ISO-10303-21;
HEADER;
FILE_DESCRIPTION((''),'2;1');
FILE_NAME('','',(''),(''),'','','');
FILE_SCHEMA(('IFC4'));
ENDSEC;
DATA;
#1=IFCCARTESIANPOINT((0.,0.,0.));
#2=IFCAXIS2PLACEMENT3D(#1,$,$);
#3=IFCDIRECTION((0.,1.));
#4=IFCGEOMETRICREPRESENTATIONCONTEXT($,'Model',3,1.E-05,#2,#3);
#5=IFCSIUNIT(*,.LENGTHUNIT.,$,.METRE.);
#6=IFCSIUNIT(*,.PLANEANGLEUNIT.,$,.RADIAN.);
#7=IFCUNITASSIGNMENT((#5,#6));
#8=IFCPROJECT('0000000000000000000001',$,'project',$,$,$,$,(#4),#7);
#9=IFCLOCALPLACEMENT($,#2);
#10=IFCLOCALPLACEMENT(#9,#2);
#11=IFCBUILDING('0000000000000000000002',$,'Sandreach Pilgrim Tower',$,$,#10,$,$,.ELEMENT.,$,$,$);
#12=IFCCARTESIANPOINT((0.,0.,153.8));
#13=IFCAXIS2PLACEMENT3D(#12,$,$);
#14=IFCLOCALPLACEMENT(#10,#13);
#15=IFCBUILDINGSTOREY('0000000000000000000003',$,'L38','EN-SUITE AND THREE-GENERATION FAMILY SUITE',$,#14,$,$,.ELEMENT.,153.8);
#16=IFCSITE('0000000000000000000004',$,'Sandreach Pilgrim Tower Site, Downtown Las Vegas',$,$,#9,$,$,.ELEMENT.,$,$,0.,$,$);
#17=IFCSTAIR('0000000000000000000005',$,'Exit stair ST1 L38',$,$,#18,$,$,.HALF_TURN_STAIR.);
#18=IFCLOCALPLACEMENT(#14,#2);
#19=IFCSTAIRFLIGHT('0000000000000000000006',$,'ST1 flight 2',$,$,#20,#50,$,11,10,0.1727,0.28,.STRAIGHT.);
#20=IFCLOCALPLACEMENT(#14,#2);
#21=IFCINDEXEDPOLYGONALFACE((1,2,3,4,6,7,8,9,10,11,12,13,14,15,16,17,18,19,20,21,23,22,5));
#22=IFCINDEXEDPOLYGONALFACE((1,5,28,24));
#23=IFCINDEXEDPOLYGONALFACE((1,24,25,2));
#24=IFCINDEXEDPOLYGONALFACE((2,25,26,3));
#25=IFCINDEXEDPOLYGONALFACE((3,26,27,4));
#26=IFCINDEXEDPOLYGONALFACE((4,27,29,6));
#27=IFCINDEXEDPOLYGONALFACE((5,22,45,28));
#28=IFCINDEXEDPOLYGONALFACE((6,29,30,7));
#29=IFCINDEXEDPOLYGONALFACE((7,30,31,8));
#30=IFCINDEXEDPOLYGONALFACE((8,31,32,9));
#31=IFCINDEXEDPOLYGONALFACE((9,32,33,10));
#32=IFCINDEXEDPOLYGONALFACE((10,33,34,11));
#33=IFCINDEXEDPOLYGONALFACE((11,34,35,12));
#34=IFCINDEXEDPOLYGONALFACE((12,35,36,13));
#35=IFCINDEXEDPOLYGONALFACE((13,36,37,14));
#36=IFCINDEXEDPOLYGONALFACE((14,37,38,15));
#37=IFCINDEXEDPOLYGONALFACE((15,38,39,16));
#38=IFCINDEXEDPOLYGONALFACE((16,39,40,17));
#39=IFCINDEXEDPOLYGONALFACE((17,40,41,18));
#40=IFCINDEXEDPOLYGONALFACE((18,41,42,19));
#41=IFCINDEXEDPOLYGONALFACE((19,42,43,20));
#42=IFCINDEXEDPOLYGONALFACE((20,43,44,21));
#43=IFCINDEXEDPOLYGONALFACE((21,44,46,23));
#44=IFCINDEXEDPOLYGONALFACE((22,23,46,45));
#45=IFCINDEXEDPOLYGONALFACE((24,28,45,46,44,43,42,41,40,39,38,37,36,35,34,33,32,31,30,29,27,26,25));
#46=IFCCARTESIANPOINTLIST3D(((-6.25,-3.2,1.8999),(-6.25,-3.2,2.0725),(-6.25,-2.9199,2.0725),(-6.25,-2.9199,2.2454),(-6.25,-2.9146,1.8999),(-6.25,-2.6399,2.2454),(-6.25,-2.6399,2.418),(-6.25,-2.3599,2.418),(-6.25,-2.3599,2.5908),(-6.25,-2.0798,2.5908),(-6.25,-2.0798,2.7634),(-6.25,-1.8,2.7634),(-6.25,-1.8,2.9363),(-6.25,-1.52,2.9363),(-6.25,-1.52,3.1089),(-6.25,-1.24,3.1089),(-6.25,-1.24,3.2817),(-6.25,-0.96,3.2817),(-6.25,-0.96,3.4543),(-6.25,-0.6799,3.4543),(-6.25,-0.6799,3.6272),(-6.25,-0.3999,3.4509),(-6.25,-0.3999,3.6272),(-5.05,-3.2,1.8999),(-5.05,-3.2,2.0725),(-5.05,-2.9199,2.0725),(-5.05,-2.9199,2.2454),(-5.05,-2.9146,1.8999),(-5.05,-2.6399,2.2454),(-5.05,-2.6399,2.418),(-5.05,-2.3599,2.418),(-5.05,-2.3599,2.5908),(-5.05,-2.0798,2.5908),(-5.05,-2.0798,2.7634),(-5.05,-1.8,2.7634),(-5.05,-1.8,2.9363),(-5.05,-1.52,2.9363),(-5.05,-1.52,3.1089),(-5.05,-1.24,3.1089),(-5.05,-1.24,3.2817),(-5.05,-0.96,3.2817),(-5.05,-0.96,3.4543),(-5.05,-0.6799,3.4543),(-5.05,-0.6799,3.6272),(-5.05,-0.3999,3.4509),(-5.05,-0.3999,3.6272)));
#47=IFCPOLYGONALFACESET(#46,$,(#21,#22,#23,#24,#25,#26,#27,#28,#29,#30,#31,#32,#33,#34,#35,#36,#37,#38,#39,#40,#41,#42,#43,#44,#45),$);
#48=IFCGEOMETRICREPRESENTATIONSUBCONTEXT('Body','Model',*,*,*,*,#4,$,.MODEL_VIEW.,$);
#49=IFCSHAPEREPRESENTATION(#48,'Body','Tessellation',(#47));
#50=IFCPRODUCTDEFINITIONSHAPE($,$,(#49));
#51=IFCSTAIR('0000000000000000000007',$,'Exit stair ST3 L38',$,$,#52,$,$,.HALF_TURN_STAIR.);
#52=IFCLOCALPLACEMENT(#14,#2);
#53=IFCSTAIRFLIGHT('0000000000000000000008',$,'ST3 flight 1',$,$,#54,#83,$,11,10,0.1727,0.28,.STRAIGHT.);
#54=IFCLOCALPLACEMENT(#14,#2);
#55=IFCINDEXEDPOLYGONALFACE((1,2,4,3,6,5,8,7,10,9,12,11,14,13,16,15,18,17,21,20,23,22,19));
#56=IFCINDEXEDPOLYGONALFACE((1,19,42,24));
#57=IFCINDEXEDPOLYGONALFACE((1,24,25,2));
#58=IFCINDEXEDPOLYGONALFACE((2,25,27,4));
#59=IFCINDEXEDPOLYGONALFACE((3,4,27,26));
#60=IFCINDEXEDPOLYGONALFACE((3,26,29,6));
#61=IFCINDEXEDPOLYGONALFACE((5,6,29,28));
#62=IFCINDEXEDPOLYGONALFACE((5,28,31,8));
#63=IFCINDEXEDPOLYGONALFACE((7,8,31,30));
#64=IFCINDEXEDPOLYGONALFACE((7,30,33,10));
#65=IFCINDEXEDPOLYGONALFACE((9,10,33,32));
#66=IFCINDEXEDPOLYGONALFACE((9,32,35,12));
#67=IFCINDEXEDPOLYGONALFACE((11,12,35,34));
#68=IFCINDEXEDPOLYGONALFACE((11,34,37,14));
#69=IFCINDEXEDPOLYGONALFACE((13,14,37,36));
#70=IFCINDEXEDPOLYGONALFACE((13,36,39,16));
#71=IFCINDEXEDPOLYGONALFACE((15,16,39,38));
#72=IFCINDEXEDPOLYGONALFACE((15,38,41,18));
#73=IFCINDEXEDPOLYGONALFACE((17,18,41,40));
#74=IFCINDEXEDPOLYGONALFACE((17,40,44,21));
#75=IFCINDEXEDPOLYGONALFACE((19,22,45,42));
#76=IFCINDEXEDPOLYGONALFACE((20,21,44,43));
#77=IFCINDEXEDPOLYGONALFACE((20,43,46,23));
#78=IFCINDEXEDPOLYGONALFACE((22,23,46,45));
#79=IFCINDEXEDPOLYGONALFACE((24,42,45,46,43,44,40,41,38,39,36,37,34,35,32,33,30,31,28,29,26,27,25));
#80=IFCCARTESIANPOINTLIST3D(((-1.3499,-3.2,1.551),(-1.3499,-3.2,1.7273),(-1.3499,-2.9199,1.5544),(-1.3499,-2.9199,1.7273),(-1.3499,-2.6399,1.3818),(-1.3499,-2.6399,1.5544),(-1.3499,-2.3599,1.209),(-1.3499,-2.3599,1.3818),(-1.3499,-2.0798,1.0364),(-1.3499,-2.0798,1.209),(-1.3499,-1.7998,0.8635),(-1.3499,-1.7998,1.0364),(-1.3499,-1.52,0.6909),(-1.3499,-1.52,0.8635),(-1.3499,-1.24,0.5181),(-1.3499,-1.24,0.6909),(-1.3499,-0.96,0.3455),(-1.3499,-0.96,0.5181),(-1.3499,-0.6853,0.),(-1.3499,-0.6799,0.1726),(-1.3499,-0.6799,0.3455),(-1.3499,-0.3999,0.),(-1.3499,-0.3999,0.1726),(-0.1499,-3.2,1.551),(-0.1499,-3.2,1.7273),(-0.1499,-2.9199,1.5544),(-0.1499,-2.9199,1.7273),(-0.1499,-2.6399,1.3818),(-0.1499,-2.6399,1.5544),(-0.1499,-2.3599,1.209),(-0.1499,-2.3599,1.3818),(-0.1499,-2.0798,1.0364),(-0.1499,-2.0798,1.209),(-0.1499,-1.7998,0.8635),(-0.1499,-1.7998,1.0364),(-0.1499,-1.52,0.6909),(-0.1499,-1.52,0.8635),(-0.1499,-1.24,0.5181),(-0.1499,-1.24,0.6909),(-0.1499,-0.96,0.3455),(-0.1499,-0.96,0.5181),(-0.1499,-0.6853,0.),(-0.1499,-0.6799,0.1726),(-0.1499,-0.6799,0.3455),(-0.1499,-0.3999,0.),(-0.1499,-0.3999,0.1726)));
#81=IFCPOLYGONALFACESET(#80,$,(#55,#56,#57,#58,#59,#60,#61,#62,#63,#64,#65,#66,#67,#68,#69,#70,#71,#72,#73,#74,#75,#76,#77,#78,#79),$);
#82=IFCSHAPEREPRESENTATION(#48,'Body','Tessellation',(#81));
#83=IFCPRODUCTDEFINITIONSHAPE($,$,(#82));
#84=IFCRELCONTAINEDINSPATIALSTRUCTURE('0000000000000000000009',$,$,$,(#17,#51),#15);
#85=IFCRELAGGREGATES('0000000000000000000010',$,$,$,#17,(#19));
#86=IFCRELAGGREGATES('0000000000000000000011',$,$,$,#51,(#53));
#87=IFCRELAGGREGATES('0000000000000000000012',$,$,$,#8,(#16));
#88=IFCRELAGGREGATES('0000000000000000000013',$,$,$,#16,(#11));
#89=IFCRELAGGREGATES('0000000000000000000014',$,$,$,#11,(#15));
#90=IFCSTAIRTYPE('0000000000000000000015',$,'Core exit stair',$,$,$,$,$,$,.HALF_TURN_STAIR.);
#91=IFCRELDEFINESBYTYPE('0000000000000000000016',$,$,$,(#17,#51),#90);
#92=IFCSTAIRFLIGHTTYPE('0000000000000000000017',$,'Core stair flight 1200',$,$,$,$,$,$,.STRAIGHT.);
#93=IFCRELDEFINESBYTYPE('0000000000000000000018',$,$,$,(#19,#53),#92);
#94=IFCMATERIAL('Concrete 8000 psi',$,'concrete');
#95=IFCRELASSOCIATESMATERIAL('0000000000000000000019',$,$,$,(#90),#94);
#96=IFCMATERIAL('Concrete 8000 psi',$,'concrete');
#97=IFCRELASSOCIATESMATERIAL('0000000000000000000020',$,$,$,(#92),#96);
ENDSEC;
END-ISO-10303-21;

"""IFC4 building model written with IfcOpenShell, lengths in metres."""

from ifc_helpers import new_model, si_unit, direction, frame, origin, place, context, subcontext, project, spatial, polyline, outline, extrude, material, type_object, element, aggregate, save


model = new_model("IFC4")

# Units and contexts
model_context = context("Model", 3, precision=1e-05, world=origin(), true_north=direction((0.0, 1.0)))
body_context = subcontext(model_context, "Body", "Model", "MODEL_VIEW")
ifc_project = project(units=[si_unit("LENGTHUNIT", "METRE"), si_unit("PLANEANGLEUNIT", "RADIAN")], contexts=[model_context])

# Site, building, storey
site_placement = place(None, origin())
site = spatial("IfcSite", under=ifc_project, at=site_placement, Name="Sandreach Pilgrim Tower Site, Downtown Las Vegas", CompositionType="ELEMENT", RefElevation=0.0)
building_placement = place(site_placement, origin())
building = spatial("IfcBuilding", under=site, at=building_placement, Name="Sandreach Pilgrim Tower", CompositionType="ELEMENT")
storey_placement = place(building_placement, frame((0.0, 0.0, 153.8)))
storey = spatial("IfcBuildingStorey", under=building, at=storey_placement, Name="L38", Description="EN-SUITE AND THREE-GENERATION FAMILY SUITE", CompositionType="ELEMENT", Elevation=153.8)

# Stairs, stair flights
ifc_material_1 = material(Name="Concrete 8000 psi", Category="concrete")
stair_type = type_object("IfcStairType", Name="Core exit stair", PredefinedType="HALF_TURN_STAIR", material=ifc_material_1)
stair_1_placement = place(storey_placement, origin())
stair_1 = element("IfcStair", 1, at=stair_1_placement, inside=storey, type_object=stair_type, Name="Exit stair ST1 L38", PredefinedType="HALF_TURN_STAIR")
ifc_material_2 = material(Name="Concrete 8000 psi", Category="concrete")
stair_flight_type = type_object("IfcStairFlightType", Name="Core stair flight 1200", PredefinedType="STRAIGHT", material=ifc_material_2)
stair_flight_1_placement = place(storey_placement, frame((-5.6499, -3.2, 1.8999), z_axis=(0.0, 0.0, 1.0), x_axis=(0.0, 1.0, 0.0)))
stair_flight_1 = element("IfcStairFlight", 2, at=stair_flight_1_placement, type_object=stair_flight_type, Name="ST1 flight 2", NumberOfRisers=11, NumberOfTreads=10, PredefinedType="STRAIGHT", RiserHeight=0.1727, TreadLength=0.28, context=body_context, shape_type="SweptSolid", body=[
    extrude(outline(polyline([(0.0, 0.0), (0.0, 0.1726), (0.28, 0.1726), (0.28, 0.3455), (0.5601, 0.3455), (0.5601, 0.5181), (0.8401, 0.5181), (0.8401, 0.6909), (1.1201, 0.6909), (1.1201, 0.8635), (1.3999, 0.8635), (1.3999, 1.0364), (1.6799, 1.0364), (1.6799, 1.209), (1.96, 1.209), (1.96, 1.3818), (2.24, 1.3818), (2.24, 1.5544), (2.52, 1.5544), (2.52, 1.7273), (2.8, 1.7273), (2.8, 1.8999), (2.8, 1.551), (0.2854, 0.0), (0.0, 0.0)])), frame((0.0, 0.6001, 0.0), z_axis=(0.0, -1.0, 0.0), x_axis=(1.0, 0.0, 0.0)), (0.0, 0.0, 1.0), 1.2),
])
aggregate(stair_1, [stair_flight_1])
stair_2_placement = place(storey_placement, origin())
stair_2 = element("IfcStair", 3, at=stair_2_placement, inside=storey, type_object=stair_type, Name="Exit stair ST3 L38", PredefinedType="HALF_TURN_STAIR")
stair_flight_2_placement = place(storey_placement, frame((-0.75, -0.3999, 0.0), z_axis=(0.0, 0.0, 1.0), x_axis=(0.0, -1.0, 0.0)))
stair_flight_2 = element("IfcStairFlight", 4, at=stair_flight_2_placement, type_object=stair_flight_type, Name="ST3 flight 1", NumberOfRisers=11, NumberOfTreads=10, PredefinedType="STRAIGHT", RiserHeight=0.1727, TreadLength=0.28, context=body_context, shape_type="SweptSolid", body=[
    extrude(outline(polyline([(0.0, 0.0), (0.0, 0.1726), (0.28, 0.1726), (0.28, 0.3455), (0.5601, 0.3455), (0.5601, 0.5181), (0.8401, 0.5181), (0.8401, 0.6909), (1.1201, 0.6909), (1.1201, 0.8635), (1.3999, 0.8635), (1.3999, 1.0364), (1.6799, 1.0364), (1.6799, 1.209), (1.96, 1.209), (1.96, 1.3818), (2.24, 1.3818), (2.24, 1.5544), (2.52, 1.5544), (2.52, 1.7273), (2.8, 1.7273), (2.8, 1.8999), (2.8, 1.551), (0.2854, 0.0), (0.0, 0.0)])), frame((0.0, 0.6001, 0.0), z_axis=(0.0, -1.0, 0.0), x_axis=(1.0, 0.0, 0.0)), (0.0, 0.0, 1.0), 1.2),
])
aggregate(stair_2, [stair_flight_2])

save(model, "model.ifc")
